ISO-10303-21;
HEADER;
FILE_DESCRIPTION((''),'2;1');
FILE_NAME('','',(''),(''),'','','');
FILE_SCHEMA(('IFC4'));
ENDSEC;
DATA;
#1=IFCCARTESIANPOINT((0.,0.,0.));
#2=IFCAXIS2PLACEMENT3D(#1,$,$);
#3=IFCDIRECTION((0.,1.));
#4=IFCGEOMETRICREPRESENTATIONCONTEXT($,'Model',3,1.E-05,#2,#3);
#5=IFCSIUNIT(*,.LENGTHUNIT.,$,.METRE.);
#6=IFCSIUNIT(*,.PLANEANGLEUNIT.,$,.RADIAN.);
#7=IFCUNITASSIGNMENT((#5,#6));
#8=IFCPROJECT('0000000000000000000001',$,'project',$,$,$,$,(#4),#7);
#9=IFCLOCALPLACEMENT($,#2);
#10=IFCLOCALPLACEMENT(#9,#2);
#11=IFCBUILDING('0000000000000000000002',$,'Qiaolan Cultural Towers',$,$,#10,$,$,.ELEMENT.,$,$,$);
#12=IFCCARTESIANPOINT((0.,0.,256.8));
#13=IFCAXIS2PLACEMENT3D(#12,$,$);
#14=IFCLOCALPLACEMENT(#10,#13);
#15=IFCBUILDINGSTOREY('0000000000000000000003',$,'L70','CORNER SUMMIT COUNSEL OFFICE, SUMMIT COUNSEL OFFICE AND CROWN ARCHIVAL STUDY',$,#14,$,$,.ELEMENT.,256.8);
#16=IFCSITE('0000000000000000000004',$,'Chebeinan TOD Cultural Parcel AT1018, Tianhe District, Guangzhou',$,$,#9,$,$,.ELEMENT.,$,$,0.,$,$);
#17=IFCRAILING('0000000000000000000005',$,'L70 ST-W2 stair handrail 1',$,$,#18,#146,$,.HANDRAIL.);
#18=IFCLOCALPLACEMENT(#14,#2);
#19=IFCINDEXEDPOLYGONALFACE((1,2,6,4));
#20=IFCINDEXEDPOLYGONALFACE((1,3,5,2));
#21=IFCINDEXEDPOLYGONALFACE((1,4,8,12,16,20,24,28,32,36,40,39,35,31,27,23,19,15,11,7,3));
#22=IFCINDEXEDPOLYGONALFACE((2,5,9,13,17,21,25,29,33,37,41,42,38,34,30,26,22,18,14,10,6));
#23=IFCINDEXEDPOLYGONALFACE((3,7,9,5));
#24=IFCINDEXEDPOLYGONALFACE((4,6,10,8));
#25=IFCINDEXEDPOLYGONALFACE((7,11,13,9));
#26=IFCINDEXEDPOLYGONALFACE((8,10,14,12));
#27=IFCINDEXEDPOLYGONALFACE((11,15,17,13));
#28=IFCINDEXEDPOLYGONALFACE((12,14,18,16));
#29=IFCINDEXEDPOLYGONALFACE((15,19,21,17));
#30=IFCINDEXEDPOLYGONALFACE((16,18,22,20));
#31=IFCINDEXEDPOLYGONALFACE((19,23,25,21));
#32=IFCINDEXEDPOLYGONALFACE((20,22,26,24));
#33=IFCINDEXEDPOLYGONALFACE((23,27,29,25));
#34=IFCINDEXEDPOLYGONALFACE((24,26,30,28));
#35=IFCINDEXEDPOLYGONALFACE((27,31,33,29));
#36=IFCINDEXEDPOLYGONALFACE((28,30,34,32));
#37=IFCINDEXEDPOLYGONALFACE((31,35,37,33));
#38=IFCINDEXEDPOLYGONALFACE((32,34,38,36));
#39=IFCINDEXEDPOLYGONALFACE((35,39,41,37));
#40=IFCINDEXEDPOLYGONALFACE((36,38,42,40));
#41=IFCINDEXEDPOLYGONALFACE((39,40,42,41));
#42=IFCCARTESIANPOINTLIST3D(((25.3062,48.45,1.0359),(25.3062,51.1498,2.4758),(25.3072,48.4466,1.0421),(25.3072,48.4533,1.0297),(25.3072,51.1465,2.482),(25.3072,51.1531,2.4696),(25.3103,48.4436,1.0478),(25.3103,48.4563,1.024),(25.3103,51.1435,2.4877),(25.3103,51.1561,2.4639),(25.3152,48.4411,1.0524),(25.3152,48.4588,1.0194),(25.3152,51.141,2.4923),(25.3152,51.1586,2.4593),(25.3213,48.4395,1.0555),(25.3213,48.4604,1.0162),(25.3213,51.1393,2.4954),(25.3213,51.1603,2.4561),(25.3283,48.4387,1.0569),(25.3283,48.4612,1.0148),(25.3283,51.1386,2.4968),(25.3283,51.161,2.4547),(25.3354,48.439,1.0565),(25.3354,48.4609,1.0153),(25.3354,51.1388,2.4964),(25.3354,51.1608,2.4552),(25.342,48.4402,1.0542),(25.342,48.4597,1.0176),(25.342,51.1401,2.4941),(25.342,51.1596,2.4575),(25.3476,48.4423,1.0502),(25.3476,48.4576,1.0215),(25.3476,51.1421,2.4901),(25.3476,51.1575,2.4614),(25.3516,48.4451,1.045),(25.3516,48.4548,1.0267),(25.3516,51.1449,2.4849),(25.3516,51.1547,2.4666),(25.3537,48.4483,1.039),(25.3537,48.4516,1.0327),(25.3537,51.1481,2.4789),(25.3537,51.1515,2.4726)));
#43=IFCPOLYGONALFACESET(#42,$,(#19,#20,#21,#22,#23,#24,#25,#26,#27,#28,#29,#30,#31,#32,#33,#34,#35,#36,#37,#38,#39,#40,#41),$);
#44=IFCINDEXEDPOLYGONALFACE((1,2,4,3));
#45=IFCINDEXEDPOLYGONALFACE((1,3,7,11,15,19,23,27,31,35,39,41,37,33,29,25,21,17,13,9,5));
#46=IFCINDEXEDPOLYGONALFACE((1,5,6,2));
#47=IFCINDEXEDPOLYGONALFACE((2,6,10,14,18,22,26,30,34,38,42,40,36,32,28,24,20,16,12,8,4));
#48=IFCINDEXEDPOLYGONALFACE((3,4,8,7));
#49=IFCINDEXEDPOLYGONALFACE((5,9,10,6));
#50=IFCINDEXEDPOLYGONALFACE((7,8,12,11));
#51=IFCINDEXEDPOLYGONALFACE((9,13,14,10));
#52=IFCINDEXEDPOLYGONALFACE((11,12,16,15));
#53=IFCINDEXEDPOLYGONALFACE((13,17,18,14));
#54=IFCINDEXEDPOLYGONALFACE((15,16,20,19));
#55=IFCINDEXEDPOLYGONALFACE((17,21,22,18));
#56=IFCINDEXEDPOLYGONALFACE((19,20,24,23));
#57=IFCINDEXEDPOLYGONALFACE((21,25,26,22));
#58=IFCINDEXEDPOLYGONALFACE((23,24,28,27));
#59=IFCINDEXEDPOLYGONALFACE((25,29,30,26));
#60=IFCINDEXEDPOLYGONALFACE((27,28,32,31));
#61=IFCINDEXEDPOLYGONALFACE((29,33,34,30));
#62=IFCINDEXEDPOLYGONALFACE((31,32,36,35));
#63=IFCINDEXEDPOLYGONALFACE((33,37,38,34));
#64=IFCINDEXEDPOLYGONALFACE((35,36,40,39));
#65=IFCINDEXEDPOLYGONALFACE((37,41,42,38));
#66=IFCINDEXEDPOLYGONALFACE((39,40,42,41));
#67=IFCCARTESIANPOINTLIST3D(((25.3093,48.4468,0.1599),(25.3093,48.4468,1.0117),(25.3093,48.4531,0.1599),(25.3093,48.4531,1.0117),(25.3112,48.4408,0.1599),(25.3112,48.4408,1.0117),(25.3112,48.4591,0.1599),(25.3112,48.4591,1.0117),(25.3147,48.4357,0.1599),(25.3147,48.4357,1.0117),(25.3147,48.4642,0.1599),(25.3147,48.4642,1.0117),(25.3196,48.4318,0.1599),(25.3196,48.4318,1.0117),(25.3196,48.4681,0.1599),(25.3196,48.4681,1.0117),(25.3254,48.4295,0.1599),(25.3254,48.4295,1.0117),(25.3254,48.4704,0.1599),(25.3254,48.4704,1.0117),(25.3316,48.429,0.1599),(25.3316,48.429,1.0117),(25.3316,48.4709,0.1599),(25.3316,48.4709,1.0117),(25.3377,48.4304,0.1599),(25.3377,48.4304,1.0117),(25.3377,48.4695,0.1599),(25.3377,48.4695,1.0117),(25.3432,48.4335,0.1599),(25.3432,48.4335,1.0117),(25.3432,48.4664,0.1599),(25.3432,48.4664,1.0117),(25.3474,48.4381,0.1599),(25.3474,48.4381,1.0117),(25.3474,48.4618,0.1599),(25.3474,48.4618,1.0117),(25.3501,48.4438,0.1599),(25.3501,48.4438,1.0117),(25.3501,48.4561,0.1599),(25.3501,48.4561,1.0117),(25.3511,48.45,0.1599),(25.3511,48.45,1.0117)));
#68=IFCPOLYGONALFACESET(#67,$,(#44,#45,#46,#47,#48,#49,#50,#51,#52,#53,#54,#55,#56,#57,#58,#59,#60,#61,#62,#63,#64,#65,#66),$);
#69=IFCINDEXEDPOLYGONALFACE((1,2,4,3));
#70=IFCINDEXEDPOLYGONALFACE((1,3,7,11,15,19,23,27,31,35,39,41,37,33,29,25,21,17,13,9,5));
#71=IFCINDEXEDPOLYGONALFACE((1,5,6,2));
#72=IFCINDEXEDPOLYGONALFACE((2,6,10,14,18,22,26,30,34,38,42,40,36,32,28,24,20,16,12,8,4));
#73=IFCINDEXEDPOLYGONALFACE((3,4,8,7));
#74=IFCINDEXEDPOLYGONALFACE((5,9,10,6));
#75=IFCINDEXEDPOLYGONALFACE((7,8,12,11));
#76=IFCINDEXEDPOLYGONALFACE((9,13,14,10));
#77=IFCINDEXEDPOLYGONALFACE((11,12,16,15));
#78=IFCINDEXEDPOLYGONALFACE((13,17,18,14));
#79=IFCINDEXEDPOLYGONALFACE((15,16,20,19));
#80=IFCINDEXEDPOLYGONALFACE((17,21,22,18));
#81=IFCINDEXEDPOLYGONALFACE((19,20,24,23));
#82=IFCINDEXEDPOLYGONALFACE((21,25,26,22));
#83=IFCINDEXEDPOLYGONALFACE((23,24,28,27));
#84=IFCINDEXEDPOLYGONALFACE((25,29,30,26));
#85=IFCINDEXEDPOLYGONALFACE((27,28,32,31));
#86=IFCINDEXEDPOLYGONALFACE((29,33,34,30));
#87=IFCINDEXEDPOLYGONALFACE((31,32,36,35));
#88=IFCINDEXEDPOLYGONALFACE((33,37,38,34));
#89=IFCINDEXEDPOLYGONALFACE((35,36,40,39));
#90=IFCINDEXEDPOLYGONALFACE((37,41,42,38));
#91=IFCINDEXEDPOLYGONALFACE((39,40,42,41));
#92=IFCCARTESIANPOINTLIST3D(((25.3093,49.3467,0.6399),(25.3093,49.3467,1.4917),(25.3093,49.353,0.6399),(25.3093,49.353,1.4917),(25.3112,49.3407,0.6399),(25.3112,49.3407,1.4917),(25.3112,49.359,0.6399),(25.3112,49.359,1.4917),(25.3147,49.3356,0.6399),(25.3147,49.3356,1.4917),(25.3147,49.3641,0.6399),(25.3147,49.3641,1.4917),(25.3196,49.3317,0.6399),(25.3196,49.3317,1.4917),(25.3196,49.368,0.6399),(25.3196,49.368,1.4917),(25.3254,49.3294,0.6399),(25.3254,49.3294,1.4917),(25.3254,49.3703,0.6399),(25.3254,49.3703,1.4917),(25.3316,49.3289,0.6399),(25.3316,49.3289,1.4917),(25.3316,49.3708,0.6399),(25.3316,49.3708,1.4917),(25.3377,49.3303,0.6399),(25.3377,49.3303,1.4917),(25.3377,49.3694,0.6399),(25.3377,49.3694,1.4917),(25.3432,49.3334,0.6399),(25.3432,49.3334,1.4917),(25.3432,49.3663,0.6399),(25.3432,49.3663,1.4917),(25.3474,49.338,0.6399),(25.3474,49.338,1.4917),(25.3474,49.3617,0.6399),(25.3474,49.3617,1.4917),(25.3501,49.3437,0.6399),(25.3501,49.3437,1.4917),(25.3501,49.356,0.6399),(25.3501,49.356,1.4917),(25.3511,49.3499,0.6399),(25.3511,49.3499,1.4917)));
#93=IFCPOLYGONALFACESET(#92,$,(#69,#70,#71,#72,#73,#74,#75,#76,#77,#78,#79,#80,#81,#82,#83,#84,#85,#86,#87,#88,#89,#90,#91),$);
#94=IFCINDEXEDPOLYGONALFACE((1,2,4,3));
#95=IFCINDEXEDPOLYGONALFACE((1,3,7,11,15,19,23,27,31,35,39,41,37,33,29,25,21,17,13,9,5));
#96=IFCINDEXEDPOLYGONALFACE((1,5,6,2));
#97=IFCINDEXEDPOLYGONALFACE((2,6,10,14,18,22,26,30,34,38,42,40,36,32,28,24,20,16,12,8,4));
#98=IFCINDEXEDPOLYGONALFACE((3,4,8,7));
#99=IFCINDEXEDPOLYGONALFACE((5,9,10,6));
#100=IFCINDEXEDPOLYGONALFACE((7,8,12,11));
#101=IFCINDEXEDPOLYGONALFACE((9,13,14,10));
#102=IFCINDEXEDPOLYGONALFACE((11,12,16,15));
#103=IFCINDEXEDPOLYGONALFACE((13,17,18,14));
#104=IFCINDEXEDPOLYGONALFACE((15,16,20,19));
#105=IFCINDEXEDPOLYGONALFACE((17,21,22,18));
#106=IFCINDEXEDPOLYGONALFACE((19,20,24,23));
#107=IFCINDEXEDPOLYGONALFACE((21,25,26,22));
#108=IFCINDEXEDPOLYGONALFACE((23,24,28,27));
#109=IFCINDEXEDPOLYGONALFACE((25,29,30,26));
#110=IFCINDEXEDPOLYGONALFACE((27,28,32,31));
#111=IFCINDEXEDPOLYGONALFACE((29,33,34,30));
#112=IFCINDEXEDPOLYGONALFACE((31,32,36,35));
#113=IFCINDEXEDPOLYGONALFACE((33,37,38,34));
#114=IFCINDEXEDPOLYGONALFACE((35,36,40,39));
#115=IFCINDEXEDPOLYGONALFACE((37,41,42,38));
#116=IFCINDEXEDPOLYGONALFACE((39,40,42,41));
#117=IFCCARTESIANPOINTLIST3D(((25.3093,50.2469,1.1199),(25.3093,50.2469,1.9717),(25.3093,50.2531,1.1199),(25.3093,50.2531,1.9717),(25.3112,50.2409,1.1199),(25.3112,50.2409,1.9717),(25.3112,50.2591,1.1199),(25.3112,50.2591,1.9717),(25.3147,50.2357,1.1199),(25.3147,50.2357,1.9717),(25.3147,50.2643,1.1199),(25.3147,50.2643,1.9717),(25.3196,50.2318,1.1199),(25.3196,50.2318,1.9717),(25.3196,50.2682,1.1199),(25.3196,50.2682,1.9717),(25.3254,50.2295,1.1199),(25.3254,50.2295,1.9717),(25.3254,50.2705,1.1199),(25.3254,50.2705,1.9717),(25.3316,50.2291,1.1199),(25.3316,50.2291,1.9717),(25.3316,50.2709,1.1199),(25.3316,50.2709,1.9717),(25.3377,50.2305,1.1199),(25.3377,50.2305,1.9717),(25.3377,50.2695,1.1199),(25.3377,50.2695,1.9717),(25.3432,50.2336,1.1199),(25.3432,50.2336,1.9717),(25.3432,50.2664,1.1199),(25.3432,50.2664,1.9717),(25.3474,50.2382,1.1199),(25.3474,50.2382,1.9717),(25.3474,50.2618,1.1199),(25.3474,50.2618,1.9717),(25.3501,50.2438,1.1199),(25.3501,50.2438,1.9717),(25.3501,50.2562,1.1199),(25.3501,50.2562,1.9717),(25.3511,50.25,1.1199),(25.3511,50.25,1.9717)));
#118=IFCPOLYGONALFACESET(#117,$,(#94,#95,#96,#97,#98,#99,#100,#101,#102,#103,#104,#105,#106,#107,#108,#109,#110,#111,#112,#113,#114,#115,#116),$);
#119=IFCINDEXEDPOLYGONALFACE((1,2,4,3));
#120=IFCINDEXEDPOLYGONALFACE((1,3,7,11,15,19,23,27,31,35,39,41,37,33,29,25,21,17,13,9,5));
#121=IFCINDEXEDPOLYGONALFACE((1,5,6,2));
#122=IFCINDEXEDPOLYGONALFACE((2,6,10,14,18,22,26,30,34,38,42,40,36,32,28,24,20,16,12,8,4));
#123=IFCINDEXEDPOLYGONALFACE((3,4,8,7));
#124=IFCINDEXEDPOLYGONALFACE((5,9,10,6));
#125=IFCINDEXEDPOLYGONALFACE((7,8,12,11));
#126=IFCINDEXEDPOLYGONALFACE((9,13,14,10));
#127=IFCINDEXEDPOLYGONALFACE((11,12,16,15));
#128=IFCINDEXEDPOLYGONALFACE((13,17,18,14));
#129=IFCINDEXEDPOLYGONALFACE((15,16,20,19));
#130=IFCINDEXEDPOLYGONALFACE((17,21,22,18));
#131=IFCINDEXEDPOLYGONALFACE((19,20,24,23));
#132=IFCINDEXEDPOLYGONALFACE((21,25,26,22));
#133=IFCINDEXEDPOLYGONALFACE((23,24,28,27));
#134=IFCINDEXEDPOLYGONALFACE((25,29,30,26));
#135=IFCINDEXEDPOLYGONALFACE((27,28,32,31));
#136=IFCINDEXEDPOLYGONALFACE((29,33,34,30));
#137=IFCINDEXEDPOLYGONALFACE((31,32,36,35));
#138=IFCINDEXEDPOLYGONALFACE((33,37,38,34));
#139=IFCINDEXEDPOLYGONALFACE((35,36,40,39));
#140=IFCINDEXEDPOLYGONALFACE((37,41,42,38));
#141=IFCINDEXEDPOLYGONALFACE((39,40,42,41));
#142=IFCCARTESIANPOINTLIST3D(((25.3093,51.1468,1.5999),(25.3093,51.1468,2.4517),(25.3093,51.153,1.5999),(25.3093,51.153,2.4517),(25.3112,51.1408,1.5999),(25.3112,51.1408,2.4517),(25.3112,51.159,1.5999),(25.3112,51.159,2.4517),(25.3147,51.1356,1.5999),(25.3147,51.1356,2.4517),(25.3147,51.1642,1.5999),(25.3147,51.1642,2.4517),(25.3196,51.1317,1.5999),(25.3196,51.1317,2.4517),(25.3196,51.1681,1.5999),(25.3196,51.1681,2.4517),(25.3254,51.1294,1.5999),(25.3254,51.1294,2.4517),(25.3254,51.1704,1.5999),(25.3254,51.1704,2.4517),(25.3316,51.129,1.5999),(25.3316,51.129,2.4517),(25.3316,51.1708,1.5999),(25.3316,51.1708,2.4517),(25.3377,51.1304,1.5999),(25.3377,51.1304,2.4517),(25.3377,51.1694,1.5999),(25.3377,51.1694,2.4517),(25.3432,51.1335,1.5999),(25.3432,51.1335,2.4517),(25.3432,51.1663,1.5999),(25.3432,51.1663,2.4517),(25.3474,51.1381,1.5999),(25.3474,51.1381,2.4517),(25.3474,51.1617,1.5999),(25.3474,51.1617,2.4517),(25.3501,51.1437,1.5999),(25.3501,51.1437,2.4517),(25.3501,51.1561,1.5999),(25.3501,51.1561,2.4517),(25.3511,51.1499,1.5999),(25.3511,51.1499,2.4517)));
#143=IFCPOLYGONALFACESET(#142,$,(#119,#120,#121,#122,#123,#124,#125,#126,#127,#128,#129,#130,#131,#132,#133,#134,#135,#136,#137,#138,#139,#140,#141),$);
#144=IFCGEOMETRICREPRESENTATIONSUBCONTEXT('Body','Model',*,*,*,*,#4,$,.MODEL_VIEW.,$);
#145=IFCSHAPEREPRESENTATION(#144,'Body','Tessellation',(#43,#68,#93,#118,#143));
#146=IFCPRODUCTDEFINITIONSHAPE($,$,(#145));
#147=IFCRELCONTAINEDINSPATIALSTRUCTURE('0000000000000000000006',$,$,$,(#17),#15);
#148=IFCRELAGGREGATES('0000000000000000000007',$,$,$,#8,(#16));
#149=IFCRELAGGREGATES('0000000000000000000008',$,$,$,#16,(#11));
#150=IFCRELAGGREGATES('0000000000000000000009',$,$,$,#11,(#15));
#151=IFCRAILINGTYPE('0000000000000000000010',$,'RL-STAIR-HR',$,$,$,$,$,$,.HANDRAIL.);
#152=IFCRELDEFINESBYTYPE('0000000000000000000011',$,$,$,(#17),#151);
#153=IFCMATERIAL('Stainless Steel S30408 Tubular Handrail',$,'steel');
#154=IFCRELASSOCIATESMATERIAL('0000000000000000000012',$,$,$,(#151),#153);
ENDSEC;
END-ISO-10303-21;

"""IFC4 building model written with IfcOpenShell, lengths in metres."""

from ifc_helpers import new_model, si_unit, direction, frame, origin, origin_2d, place, context, subcontext, project, spatial, circle, extrude, material, type_object, element, save


model = new_model("IFC4")

# Units and contexts
model_context = context("Model", 3, precision=1e-05, world=origin(), true_north=direction((0.0, 1.0)))
body_context = subcontext(model_context, "Body", "Model", "MODEL_VIEW")
ifc_project = project(units=[si_unit("LENGTHUNIT", "METRE"), si_unit("PLANEANGLEUNIT", "RADIAN")], contexts=[model_context])

# Site, building, storey
site_placement = place(None, origin())
site = spatial("IfcSite", under=ifc_project, at=site_placement, Name="Chebeinan TOD Cultural Parcel AT1018, Tianhe District, Guangzhou", CompositionType="ELEMENT", RefElevation=0.0)
building_placement = place(site_placement, origin())
building = spatial("IfcBuilding", under=site, at=building_placement, Name="Qiaolan Cultural Towers", CompositionType="ELEMENT")
storey_placement = place(building_placement, frame((0.0, 0.0, 256.8)))
storey = spatial("IfcBuildingStorey", under=building, at=storey_placement, Name="L70", Description="CORNER SUMMIT COUNSEL OFFICE, SUMMIT COUNSEL OFFICE AND CROWN ARCHIVAL STUDY", CompositionType="ELEMENT", Elevation=256.8)

# Railing
ifc_material_1 = material(Name="Stainless Steel S30408 Tubular Handrail", Category="steel")
railing_type_1 = type_object("IfcRailingType", Name="RL-STAIR-HR", PredefinedType="HANDRAIL", material=ifc_material_1)
railing_1_placement = place(storey_placement, frame((25.3301, 48.45, 0.1599)))
element("IfcRailing", 1, at=railing_1_placement, inside=storey, type_object=railing_type_1, Name="L70 ST-W2 stair handrail 1", PredefinedType="HANDRAIL", context=body_context, shape_type="SweptSolid", body=[
    extrude(circle(Radius=0.0239, at=origin_2d()), frame((0.0, 0.0, 0.876), z_axis=(0.0, 0.882357, 0.47058), x_axis=(-1.0, 0.0, 0.0)), (0.0, 0.0, 1.0), 3.0598),
    extrude(circle(Radius=0.021, at=origin_2d()), origin(), (0.0, 0.0, 1.0), 0.8518),
    extrude(circle(Radius=0.021, at=origin_2d()), frame((0.0, 0.8999, 0.48)), (0.0, 0.0, 1.0), 0.8518),
    extrude(circle(Radius=0.021, at=origin_2d()), frame((0.0, 1.8, 0.96)), (0.0, 0.0, 1.0), 0.8518),
    extrude(circle(Radius=0.021, at=origin_2d()), frame((0.0, 2.7, 1.4399)), (0.0, 0.0, 1.0), 0.8518),
])

save(model, "model.ifc")
